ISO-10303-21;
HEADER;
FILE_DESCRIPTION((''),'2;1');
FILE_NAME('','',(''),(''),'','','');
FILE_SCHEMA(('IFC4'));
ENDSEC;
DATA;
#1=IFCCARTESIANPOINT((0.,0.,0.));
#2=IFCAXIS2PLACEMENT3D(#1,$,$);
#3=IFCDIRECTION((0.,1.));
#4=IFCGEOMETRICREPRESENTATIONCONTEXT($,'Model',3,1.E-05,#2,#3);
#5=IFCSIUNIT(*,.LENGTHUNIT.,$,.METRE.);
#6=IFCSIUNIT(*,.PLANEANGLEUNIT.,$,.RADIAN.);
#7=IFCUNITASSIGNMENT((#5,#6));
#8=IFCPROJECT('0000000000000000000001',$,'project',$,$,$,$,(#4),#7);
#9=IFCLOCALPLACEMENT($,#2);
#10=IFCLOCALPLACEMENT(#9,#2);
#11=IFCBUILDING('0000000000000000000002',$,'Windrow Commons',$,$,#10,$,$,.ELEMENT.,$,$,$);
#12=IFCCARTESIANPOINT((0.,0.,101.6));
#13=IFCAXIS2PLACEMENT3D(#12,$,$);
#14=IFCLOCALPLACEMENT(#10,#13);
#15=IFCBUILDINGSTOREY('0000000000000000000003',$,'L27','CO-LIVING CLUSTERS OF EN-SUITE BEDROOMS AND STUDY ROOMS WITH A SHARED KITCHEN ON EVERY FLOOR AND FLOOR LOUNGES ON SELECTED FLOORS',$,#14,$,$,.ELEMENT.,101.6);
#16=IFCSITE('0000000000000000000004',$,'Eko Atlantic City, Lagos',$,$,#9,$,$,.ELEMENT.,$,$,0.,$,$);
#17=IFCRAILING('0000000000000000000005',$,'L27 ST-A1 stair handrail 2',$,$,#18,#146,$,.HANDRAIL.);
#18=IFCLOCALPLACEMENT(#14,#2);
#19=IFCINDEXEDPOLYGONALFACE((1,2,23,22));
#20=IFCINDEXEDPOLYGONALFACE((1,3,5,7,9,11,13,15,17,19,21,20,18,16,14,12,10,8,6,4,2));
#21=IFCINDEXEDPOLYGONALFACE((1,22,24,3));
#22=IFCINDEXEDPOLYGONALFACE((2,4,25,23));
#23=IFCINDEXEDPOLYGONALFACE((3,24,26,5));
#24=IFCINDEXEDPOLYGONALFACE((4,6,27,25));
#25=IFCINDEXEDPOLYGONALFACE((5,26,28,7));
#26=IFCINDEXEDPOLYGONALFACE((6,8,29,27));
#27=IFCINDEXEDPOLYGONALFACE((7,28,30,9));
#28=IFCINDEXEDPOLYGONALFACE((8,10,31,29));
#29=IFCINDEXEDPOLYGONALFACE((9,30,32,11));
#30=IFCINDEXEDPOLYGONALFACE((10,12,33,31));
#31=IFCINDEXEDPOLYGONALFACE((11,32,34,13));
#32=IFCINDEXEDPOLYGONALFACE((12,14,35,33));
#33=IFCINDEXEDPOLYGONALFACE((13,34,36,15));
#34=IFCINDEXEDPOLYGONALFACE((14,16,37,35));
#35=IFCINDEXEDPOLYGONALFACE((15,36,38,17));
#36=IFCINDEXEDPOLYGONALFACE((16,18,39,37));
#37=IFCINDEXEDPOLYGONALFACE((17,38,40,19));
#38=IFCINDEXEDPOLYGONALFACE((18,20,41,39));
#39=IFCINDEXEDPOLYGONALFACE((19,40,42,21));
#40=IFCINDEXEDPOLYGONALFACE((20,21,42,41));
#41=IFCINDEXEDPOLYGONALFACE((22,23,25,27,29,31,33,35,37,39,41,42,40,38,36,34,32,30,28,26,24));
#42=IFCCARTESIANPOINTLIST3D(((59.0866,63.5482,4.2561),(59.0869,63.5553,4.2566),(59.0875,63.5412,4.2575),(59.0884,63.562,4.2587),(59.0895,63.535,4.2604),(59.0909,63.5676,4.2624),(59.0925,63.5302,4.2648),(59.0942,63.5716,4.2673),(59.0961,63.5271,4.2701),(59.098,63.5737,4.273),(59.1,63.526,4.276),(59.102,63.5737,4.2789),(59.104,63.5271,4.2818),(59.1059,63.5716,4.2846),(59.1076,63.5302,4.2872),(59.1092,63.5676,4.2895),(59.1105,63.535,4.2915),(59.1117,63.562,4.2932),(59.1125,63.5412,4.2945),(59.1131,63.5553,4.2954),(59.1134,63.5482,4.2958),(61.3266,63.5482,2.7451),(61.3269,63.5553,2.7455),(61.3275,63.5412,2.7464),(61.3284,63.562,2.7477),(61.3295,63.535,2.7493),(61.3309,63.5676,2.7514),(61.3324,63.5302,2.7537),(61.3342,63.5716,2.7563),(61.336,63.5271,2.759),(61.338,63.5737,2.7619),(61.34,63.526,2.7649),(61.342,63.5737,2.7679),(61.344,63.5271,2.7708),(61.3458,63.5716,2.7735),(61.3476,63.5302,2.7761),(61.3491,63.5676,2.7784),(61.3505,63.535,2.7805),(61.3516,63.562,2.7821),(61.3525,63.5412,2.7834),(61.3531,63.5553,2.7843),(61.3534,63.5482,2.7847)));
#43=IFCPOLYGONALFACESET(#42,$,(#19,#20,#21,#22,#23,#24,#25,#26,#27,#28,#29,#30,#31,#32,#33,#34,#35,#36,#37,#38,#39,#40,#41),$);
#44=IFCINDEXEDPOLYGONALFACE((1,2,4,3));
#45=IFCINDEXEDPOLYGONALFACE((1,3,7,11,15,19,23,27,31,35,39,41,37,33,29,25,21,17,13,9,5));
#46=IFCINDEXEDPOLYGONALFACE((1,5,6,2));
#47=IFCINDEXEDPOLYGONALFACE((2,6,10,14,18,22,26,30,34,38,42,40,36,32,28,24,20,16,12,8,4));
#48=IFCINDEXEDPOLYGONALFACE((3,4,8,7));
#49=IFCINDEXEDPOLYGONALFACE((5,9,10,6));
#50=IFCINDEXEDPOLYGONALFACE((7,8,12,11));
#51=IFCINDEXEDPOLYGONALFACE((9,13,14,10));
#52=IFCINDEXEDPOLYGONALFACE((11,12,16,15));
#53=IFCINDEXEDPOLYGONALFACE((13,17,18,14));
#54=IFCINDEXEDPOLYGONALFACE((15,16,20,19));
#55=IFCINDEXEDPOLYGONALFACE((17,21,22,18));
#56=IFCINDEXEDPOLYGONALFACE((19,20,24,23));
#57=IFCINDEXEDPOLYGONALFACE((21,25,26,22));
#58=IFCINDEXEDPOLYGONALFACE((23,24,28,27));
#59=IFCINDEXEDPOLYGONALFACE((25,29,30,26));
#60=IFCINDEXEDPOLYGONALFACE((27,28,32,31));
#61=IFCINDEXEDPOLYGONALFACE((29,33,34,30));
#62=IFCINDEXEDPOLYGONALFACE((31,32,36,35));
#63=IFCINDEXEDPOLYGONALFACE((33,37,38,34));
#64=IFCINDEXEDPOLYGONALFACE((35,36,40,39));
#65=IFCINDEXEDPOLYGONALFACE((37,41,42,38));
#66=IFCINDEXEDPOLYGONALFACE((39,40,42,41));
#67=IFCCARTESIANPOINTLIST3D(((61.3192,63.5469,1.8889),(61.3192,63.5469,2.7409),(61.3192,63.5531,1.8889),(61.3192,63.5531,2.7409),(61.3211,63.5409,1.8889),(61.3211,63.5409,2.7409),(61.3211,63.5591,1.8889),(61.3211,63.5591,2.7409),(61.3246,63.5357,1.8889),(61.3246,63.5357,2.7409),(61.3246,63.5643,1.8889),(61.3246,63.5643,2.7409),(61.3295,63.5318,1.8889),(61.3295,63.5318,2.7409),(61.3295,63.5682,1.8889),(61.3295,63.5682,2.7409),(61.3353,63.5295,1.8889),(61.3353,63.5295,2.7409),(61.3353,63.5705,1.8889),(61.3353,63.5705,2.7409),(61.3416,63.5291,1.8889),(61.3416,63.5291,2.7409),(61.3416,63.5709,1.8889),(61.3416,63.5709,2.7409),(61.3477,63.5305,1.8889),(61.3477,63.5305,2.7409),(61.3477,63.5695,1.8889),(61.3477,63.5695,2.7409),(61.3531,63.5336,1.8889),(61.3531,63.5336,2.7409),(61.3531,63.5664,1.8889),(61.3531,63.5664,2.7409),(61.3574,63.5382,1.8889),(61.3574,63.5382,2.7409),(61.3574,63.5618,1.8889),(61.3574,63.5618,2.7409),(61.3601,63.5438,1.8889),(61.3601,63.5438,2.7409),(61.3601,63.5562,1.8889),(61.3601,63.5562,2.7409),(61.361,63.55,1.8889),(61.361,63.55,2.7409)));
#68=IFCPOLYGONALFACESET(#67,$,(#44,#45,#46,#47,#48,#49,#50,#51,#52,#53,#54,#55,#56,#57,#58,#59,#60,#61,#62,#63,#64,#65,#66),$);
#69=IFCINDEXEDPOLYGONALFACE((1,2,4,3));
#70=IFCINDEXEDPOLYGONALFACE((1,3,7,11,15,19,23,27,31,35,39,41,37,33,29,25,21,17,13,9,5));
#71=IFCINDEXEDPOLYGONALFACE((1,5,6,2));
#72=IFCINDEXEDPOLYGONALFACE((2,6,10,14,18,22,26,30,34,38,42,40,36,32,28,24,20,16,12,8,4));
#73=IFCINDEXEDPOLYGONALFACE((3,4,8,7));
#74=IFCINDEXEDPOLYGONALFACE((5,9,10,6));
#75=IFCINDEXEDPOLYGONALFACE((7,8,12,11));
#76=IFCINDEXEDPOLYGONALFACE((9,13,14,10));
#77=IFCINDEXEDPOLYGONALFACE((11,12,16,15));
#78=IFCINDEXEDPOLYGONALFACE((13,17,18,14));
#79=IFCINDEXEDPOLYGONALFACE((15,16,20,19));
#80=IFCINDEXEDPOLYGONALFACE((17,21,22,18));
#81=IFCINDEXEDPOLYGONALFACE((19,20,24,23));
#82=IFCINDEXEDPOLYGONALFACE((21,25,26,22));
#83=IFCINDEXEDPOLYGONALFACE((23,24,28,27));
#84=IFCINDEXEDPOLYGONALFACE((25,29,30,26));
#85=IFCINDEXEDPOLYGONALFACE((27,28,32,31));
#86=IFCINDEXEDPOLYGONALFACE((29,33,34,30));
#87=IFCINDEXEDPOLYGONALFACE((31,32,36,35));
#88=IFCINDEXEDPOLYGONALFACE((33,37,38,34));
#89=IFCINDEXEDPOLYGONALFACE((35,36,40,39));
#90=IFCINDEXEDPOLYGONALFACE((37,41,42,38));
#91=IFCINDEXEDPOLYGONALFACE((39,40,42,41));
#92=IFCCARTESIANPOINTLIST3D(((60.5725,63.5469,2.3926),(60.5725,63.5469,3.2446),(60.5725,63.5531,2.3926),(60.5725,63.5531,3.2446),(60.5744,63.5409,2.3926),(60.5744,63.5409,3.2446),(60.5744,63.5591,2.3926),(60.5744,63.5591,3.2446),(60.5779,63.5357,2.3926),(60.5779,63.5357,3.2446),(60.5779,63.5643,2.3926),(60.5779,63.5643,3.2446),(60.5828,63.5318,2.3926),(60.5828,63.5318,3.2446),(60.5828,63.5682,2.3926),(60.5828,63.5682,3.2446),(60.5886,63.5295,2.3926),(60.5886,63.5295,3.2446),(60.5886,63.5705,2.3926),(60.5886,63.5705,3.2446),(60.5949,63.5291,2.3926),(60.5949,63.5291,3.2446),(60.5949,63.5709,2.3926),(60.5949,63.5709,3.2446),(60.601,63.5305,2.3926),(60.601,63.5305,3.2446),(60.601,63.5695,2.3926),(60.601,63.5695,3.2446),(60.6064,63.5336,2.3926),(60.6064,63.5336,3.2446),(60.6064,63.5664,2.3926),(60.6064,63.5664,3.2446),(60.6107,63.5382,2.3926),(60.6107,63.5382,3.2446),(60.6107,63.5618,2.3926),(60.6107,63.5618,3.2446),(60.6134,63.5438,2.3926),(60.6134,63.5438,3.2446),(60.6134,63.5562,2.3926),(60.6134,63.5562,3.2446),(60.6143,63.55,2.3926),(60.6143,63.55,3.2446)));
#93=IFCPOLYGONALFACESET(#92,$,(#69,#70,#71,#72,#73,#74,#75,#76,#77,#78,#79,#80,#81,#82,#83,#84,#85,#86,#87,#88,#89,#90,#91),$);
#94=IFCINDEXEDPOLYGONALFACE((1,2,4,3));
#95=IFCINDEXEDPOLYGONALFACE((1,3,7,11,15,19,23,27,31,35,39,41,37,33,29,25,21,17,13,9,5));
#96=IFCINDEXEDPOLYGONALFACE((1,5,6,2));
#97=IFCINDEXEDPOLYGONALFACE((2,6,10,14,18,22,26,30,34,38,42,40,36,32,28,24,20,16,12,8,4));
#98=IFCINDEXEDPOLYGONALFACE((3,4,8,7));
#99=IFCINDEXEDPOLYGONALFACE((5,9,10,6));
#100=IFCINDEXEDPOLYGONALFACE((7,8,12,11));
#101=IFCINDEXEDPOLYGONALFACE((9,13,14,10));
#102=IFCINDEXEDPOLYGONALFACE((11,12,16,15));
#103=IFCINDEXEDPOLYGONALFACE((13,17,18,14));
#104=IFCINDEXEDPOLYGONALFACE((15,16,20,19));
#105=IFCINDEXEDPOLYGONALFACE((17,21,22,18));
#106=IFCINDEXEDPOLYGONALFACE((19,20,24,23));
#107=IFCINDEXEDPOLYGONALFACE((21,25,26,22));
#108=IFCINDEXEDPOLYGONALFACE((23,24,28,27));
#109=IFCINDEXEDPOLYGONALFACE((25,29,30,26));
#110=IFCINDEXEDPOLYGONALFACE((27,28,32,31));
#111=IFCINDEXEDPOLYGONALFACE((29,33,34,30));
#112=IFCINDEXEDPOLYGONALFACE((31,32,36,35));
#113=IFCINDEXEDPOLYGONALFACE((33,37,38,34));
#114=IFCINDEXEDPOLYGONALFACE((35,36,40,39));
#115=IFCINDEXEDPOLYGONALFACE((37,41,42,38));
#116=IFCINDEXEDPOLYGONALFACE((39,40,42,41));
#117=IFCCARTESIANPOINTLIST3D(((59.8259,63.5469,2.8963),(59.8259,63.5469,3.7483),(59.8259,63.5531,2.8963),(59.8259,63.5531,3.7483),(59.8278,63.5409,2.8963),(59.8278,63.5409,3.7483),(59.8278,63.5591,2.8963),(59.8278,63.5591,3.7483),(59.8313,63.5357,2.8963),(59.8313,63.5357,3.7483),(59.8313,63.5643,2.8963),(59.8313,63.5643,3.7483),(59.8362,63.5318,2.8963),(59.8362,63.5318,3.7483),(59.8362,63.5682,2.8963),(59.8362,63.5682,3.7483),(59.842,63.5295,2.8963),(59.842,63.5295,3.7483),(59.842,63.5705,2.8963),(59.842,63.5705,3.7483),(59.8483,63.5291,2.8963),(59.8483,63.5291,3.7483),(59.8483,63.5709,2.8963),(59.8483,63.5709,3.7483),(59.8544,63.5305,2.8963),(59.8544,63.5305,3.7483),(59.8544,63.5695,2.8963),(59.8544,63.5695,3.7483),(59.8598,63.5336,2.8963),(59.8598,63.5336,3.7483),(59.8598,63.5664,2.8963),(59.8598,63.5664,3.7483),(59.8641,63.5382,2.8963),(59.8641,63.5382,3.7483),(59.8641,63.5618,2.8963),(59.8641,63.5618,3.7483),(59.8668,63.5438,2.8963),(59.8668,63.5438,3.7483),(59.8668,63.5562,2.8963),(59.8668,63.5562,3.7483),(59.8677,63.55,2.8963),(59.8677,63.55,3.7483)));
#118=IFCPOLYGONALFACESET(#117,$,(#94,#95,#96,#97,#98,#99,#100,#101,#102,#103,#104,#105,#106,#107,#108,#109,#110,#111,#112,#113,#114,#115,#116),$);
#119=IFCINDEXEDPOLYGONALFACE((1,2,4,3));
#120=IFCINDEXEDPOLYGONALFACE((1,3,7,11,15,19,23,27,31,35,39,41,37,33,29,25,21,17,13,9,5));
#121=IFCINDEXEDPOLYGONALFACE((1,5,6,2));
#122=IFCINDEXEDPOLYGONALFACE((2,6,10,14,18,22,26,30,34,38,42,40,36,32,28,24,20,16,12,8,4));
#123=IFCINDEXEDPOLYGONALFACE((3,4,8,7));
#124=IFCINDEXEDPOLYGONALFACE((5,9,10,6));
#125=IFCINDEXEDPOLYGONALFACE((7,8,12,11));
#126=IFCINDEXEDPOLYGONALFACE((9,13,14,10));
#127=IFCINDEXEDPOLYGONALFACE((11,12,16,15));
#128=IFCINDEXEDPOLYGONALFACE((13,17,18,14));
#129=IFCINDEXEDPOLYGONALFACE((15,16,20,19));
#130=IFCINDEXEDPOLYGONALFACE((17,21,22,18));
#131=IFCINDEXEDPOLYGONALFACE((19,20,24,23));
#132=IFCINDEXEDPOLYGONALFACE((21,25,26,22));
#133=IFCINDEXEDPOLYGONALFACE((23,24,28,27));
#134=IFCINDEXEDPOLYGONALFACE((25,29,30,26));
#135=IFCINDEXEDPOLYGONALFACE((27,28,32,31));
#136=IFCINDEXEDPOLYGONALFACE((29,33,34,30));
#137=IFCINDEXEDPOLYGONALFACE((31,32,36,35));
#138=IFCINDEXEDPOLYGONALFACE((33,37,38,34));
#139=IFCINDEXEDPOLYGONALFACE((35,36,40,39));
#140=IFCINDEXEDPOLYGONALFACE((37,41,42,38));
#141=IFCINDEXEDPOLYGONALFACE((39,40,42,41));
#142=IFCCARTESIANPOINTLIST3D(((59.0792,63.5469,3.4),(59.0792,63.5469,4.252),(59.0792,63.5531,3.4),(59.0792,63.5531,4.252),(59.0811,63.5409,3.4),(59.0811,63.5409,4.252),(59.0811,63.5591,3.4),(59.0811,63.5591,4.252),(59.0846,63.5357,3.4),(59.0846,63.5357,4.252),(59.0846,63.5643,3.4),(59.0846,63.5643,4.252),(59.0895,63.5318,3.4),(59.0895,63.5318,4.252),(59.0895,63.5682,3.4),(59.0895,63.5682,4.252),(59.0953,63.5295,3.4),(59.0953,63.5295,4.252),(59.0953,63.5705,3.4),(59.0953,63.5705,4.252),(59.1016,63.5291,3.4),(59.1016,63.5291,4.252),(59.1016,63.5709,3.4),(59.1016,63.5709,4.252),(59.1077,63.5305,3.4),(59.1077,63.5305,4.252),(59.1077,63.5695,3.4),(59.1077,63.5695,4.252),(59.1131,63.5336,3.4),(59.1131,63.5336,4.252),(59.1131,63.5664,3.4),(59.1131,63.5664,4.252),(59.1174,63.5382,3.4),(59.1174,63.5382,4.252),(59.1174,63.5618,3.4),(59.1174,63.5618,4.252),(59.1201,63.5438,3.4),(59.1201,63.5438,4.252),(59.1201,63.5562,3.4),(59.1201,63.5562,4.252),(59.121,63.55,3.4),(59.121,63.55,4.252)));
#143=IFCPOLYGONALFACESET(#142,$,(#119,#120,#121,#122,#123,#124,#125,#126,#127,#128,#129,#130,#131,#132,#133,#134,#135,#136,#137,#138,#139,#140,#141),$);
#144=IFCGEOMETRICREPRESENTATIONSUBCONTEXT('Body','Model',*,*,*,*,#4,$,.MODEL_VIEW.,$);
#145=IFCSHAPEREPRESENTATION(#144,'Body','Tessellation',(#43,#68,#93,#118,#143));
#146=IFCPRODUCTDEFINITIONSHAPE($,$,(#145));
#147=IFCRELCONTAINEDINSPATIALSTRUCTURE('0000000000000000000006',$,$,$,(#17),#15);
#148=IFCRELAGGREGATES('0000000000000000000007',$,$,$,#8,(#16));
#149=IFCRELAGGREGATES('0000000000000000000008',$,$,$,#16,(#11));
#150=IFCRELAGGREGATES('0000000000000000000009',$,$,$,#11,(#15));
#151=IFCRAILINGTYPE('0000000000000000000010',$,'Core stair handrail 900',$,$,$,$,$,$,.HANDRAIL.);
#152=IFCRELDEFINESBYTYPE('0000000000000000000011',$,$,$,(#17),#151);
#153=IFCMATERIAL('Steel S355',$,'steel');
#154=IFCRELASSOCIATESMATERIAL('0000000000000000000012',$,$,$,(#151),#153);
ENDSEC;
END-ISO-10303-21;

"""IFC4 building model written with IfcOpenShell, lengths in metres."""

from ifc_helpers import new_model, si_unit, direction, frame, origin, origin_2d, place, context, subcontext, project, spatial, circle, extrude, material, type_object, element, save


model = new_model("IFC4")

# Units and contexts
model_context = context("Model", 3, precision=1e-05, world=origin(), true_north=direction((0.0, 1.0)))
body_context = subcontext(model_context, "Body", "Model", "MODEL_VIEW")
ifc_project = project(units=[si_unit("LENGTHUNIT", "METRE"), si_unit("PLANEANGLEUNIT", "RADIAN")], contexts=[model_context])

# Site, building, storey
site_placement = place(None, origin())
site = spatial("IfcSite", under=ifc_project, at=site_placement, Name="Eko Atlantic City, Lagos", CompositionType="ELEMENT", RefElevation=0.0)
building_placement = place(site_placement, origin())
building = spatial("IfcBuilding", under=site, at=building_placement, Name="Windrow Commons", CompositionType="ELEMENT")
storey_placement = place(building_placement, frame((0.0, 0.0, 101.6)))
storey = spatial("IfcBuildingStorey", under=building, at=storey_placement, Name="L27", Description="CO-LIVING CLUSTERS OF EN-SUITE BEDROOMS AND STUDY ROOMS WITH A SHARED KITCHEN ON EVERY FLOOR AND FLOOR LOUNGES ON SELECTED FLOORS", CompositionType="ELEMENT", Elevation=101.6)

# Railing
ifc_material_1 = material(Name="Steel S355", Category="steel")
railing_type_1 = type_object("IfcRailingType", Name="Core stair handrail 900", PredefinedType="HANDRAIL", material=ifc_material_1)
for number, where, name in (
    (1, (61.34, 63.55, 1.8889), "L27 ST-A1 stair handrail 2"),
):
    element("IfcRailing", number, at=place(storey_placement, frame(where)), inside=storey, type_object=railing_type_1, Name=name, PredefinedType="HANDRAIL", context=body_context, shape_type="SweptSolid", body=[
        extrude(circle(Radius=0.024, at=origin_2d()), frame((0.0, 0.0, 0.876), z_axis=(-0.829003, 0.0, 0.559244), x_axis=(0.0, -1.0, 0.0)), (0.0, 0.0, 1.0), 2.702),
        extrude(circle(Radius=0.021, at=origin_2d()), origin(), (0.0, 0.0, 1.0), 0.852),
        extrude(circle(Radius=0.021, at=origin_2d()), frame((-0.7467, 0.0, 0.5037)), (0.0, 0.0, 1.0), 0.852),
        extrude(circle(Radius=0.021, at=origin_2d()), frame((-1.4933, 0.0, 1.0074)), (0.0, 0.0, 1.0), 0.852),
        extrude(circle(Radius=0.021, at=origin_2d()), frame((-2.24, 0.0, 1.5111)), (0.0, 0.0, 1.0), 0.852),
    ])

save(model, "model.ifc")
